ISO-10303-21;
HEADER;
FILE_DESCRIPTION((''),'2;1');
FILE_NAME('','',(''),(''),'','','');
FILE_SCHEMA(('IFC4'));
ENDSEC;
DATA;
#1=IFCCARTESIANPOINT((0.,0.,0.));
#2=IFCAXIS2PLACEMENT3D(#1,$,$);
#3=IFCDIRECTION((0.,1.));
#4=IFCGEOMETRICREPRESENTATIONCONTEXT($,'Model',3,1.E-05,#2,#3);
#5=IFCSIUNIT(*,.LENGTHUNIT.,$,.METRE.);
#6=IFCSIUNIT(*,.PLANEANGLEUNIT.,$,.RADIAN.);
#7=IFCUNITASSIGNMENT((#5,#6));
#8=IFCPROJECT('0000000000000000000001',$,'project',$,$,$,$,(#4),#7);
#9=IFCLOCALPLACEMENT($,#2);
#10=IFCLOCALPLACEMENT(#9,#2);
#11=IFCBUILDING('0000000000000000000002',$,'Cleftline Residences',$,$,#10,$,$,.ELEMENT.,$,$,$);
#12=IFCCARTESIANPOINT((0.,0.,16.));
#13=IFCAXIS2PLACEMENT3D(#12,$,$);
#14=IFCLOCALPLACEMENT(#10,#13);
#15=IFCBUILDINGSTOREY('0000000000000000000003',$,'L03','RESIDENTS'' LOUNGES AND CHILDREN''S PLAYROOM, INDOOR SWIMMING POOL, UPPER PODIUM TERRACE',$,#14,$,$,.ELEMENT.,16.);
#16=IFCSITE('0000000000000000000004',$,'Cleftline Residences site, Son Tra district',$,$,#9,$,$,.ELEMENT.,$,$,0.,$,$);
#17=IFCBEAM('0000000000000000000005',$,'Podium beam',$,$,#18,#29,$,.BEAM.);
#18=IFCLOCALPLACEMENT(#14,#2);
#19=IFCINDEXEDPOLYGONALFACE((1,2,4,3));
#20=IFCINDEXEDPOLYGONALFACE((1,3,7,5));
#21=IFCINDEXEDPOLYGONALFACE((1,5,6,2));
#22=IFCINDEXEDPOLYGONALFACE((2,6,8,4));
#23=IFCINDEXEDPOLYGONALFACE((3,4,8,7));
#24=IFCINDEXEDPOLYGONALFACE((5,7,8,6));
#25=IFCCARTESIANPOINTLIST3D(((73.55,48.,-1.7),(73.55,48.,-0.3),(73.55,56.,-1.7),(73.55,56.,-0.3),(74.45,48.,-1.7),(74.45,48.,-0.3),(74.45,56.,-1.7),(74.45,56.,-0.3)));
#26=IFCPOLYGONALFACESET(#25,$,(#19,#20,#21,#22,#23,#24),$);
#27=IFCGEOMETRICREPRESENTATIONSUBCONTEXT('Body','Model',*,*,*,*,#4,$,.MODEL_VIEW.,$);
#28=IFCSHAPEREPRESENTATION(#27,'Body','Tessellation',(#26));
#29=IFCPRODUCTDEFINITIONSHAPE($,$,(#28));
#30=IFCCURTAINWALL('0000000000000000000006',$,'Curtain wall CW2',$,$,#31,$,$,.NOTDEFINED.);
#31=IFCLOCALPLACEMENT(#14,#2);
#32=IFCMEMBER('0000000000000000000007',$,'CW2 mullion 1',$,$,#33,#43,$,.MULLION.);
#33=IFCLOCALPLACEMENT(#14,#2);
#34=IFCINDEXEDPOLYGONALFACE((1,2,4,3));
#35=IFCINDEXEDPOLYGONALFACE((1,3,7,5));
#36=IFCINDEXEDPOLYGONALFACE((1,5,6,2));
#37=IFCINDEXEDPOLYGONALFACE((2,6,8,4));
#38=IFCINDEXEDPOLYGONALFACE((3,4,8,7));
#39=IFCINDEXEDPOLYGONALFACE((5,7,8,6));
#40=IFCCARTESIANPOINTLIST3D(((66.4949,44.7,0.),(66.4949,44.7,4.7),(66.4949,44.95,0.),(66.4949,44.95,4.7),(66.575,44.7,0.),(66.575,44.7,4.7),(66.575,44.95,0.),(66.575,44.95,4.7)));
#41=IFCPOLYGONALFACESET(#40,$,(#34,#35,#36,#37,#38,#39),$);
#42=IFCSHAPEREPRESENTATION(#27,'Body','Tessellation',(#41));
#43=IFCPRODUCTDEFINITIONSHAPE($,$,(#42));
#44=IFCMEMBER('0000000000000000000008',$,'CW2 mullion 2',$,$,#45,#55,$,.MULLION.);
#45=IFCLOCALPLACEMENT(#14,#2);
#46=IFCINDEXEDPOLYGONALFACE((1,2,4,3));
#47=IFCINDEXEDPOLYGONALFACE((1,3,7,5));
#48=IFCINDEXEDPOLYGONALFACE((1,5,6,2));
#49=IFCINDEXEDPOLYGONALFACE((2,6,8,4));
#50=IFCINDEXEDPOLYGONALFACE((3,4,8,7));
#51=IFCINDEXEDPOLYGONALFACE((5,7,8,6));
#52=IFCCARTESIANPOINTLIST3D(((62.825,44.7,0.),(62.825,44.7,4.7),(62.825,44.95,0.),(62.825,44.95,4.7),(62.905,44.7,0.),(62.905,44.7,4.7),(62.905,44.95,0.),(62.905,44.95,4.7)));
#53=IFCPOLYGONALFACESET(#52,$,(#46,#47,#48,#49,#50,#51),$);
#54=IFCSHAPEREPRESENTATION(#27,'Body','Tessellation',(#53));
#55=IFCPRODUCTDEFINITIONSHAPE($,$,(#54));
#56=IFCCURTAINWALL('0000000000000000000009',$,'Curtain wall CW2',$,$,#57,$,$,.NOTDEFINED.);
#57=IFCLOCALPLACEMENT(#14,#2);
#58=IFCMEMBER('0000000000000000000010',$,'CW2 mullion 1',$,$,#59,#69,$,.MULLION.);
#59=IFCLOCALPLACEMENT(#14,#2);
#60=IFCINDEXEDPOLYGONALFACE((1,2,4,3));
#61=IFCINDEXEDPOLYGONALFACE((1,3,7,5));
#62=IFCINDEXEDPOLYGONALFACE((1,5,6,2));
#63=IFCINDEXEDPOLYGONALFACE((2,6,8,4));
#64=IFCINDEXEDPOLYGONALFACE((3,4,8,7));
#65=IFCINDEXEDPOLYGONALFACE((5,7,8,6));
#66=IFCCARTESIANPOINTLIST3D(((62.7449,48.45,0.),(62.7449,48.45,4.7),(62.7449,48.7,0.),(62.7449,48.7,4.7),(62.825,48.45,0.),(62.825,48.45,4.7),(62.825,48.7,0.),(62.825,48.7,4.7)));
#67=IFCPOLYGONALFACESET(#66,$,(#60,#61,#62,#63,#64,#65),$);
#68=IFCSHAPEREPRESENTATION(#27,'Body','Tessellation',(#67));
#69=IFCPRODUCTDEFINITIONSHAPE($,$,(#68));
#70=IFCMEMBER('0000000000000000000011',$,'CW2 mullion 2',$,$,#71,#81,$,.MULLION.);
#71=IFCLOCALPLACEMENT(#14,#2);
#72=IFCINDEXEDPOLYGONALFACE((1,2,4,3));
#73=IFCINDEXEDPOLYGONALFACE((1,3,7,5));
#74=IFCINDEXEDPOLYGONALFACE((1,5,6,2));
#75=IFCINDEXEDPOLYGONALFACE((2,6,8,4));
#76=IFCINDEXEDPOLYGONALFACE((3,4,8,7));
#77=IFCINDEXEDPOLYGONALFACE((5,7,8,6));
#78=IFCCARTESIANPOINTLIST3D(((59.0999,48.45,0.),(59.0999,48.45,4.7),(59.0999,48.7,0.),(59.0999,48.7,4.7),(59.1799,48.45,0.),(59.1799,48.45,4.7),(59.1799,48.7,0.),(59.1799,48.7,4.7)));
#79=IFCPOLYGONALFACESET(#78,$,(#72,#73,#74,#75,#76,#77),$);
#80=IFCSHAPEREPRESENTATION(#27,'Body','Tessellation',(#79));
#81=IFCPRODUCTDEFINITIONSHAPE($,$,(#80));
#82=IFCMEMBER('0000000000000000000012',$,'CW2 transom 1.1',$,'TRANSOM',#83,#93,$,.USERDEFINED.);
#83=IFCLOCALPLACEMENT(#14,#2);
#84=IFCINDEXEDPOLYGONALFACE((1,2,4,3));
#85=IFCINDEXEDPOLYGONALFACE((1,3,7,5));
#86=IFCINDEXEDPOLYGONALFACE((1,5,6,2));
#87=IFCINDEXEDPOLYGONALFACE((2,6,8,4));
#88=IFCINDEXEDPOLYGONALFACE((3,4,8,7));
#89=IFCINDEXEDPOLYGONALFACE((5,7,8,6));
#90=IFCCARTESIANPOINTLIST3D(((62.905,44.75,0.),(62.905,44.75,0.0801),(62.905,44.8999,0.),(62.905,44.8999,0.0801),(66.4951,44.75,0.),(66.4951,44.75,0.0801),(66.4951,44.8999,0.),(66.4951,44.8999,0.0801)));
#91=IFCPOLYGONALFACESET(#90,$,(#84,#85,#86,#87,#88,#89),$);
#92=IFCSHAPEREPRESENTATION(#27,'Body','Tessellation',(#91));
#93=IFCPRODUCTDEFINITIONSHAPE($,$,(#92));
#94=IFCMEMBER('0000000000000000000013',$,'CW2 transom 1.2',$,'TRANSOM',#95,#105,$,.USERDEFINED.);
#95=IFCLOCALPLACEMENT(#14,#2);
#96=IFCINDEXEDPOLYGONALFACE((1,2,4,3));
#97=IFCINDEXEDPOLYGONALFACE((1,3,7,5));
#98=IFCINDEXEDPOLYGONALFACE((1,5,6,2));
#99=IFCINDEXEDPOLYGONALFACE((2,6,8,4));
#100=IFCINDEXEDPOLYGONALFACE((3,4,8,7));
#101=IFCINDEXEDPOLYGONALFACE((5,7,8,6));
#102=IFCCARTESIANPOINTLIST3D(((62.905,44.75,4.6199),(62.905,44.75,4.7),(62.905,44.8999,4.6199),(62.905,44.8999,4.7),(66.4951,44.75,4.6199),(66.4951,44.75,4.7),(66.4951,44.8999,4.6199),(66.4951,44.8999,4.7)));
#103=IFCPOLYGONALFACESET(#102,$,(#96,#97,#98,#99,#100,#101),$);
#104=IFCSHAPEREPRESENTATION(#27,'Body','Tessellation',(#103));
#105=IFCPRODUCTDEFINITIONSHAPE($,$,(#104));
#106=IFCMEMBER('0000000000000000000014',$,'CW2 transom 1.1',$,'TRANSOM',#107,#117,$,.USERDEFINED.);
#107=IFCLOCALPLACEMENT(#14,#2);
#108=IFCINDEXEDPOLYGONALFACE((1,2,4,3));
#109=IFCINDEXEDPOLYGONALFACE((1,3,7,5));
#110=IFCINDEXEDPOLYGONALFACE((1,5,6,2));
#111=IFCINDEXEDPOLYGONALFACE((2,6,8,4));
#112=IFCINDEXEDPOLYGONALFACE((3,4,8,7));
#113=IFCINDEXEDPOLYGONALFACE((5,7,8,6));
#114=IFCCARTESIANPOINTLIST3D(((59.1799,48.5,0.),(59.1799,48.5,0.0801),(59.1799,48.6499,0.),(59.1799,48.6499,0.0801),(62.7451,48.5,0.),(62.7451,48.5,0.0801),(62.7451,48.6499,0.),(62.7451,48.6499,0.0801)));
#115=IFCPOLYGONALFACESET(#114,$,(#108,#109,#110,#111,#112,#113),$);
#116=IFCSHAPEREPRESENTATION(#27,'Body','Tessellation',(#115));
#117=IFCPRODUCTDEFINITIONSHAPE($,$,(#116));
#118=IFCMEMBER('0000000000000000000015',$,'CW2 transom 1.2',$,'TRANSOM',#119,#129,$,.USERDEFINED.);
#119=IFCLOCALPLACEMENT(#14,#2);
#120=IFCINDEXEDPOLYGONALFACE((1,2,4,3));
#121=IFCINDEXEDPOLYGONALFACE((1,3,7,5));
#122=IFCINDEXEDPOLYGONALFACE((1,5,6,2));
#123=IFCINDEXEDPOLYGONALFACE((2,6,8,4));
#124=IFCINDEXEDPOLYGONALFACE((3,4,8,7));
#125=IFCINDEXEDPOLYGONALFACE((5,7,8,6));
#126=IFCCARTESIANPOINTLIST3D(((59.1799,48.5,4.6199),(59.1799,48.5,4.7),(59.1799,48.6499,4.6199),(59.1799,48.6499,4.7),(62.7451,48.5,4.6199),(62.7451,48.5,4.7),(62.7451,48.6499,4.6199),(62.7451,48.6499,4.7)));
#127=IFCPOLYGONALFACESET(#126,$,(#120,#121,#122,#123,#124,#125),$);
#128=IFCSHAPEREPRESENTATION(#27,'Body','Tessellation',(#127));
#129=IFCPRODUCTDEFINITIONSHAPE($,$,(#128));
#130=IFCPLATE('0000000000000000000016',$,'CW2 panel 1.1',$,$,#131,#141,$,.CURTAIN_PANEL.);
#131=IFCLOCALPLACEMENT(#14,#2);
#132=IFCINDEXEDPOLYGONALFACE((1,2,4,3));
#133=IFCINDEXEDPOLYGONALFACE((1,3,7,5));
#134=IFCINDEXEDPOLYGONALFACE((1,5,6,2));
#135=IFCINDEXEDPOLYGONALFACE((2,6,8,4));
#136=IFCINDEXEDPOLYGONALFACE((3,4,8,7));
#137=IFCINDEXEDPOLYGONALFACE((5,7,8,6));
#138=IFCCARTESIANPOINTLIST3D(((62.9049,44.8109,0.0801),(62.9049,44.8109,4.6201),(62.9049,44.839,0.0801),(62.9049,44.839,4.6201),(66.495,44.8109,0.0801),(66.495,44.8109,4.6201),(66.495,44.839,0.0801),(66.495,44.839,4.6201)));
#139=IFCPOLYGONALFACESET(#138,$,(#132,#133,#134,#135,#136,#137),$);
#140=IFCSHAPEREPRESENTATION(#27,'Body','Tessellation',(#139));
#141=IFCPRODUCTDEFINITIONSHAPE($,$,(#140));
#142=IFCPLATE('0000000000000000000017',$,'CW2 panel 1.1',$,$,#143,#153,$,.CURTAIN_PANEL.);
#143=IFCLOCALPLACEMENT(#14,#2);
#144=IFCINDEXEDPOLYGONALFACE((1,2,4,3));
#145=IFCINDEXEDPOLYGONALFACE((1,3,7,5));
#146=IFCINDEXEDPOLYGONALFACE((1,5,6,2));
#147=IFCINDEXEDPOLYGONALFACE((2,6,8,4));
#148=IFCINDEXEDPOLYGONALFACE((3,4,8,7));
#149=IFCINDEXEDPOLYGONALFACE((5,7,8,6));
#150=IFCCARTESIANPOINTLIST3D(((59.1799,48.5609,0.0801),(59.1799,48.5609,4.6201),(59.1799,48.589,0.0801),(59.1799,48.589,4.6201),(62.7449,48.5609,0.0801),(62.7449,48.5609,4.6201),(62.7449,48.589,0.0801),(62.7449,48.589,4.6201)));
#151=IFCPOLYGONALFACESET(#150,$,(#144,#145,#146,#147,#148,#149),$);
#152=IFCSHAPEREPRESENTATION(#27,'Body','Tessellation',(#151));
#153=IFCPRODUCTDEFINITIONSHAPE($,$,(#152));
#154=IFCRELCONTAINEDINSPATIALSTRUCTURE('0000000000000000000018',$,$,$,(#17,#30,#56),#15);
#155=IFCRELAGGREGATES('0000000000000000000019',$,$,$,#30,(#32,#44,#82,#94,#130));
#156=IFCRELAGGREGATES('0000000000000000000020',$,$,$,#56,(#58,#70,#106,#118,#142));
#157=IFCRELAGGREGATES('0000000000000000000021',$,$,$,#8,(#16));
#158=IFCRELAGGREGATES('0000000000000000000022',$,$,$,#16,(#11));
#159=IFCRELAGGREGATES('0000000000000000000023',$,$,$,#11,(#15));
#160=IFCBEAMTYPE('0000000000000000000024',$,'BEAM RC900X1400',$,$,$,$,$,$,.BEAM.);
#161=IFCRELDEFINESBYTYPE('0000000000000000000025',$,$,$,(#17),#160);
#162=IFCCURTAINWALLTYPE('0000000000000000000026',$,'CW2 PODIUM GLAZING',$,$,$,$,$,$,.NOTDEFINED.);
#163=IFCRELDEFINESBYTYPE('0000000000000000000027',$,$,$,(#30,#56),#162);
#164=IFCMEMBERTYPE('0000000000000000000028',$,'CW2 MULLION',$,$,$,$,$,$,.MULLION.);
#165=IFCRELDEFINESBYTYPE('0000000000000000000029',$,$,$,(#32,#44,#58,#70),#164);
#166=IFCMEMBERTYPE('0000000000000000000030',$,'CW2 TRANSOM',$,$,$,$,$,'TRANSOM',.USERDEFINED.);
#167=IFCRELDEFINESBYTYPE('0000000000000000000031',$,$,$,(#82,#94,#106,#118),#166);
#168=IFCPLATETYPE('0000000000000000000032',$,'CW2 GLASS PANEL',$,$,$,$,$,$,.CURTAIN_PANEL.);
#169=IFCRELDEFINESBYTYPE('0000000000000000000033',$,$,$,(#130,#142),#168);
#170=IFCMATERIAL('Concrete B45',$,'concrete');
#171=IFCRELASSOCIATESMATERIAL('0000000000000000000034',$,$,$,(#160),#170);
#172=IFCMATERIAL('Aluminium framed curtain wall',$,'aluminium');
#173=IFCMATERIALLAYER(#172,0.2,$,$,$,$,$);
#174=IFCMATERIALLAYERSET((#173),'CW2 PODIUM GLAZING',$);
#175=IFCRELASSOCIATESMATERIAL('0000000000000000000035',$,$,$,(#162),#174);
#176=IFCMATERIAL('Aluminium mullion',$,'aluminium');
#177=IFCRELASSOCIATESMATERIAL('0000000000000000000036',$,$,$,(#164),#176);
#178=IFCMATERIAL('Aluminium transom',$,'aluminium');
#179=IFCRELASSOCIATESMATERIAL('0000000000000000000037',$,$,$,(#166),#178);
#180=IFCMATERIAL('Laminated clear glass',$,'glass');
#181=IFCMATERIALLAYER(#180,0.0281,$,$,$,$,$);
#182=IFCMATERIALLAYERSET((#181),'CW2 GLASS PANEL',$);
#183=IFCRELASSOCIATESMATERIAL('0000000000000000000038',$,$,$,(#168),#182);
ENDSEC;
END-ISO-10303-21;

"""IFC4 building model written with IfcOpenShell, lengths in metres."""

from ifc_helpers import new_model, si_unit, direction, frame, origin, origin_2d, place, context, subcontext, project, spatial, rectangle, extrude, material, layer, layer_set, material_profile, profile_set, type_object, element, aggregate, save


model = new_model("IFC4")

# Units and contexts
model_context = context("Model", 3, precision=1e-05, world=origin(), true_north=direction((0.0, 1.0)))
body_context = subcontext(model_context, "Body", "Model", "MODEL_VIEW")
ifc_project = project(units=[si_unit("LENGTHUNIT", "METRE"), si_unit("PLANEANGLEUNIT", "RADIAN")], contexts=[model_context])

# Site, building, storey
site_placement = place(None, origin())
site = spatial("IfcSite", under=ifc_project, at=site_placement, Name="Cleftline Residences site, Son Tra district", CompositionType="ELEMENT", RefElevation=0.0)
building_placement = place(site_placement, origin())
building = spatial("IfcBuilding", under=site, at=building_placement, Name="Cleftline Residences", CompositionType="ELEMENT")
storey_placement = place(building_placement, frame((0.0, 0.0, 16.0)))
storey = spatial("IfcBuildingStorey", under=building, at=storey_placement, Name="L03", Description="RESIDENTS' LOUNGES AND CHILDREN'S PLAYROOM, INDOOR SWIMMING POOL, UPPER PODIUM TERRACE", CompositionType="ELEMENT", Elevation=16.0)

# Beam
ifc_material_1 = material(Name="Concrete B45", Category="concrete")
ifc_material_profile_1 = material_profile(ifc_material_1, rectangle(XDim=0.8999, YDim=1.3999, at=origin_2d()))
ifc_profile_set_1 = profile_set([ifc_material_profile_1], Name="Concrete B45")
beam_type = type_object("IfcBeamType", Name="BEAM RC900X1400", PredefinedType="BEAM", material=ifc_profile_set_1)
for number, where, z_axis, x_axis, name in (
    (1, (74.0, 48.0, -1.0), (0.0, 1.0, 0.0), (-1.0, 0.0, 0.0), "Podium beam"),
):
    element("IfcBeam", number, at=place(storey_placement, frame(where, z_axis=z_axis, x_axis=x_axis)), inside=storey, type_object=beam_type, Name=name, PredefinedType="BEAM", context=body_context, shape_type="SweptSolid", body=[
        extrude(rectangle(XDim=0.8999, YDim=1.3999, at=origin_2d()), origin(), (0.0, 0.0, 1.0), 8.0),
    ])

# Curtain walls, members
ifc_material_2 = material(Name="Aluminium framed curtain wall", Category="aluminium")
ifc_layer_1 = layer(ifc_material_2, 0.2)
ifc_layer_set_1 = layer_set([ifc_layer_1], Name="CW2 PODIUM GLAZING")
curtain_wall_type = type_object("IfcCurtainWallType", Name="CW2 PODIUM GLAZING", PredefinedType="NOTDEFINED", material=ifc_layer_set_1)
curtain_wall_1_placement = place(storey_placement, origin())
curtain_wall_1 = element("IfcCurtainWall", 2, at=curtain_wall_1_placement, inside=storey, type_object=curtain_wall_type, Name="Curtain wall CW2", PredefinedType="NOTDEFINED")
ifc_material_3 = material(Name="Aluminium mullion", Category="aluminium")
ifc_material_profile_2 = material_profile(ifc_material_3, rectangle(XDim=0.25, YDim=0.0801, at=origin_2d()))
ifc_profile_set_2 = profile_set([ifc_material_profile_2], Name="Aluminium mullion")
member_type_1 = type_object("IfcMemberType", Name="CW2 MULLION", PredefinedType="MULLION", material=ifc_profile_set_2)
member_1_placement = place(storey_placement, frame((66.5349, 44.825, 0.0), z_axis=(0.0, 0.0, 1.0), x_axis=(0.0, -1.0, 0.0)))
member_1 = element("IfcMember", 3, at=member_1_placement, type_object=member_type_1, Name="CW2 mullion 1", PredefinedType="MULLION", context=body_context, shape_type="SweptSolid", body=[
    extrude(rectangle(XDim=0.25, YDim=0.0801, at=origin_2d()), origin(), (0.0, 0.0, 1.0), 4.7),
])
member_2_placement = place(storey_placement, frame((62.865, 44.825, 0.0), z_axis=(0.0, 0.0, 1.0), x_axis=(0.0, -1.0, 0.0)))
member_2 = element("IfcMember", 4, at=member_2_placement, type_object=member_type_1, Name="CW2 mullion 2", PredefinedType="MULLION", context=body_context, shape_type="SweptSolid", body=[
    extrude(rectangle(XDim=0.25, YDim=0.0801, at=origin_2d()), origin(), (0.0, 0.0, 1.0), 4.7),
])
curtain_wall_2_placement = place(storey_placement, origin())
curtain_wall_2 = element("IfcCurtainWall", 5, at=curtain_wall_2_placement, inside=storey, type_object=curtain_wall_type, Name="Curtain wall CW2", PredefinedType="NOTDEFINED")
member_3_placement = place(storey_placement, frame((62.7849, 48.575, 0.0), z_axis=(0.0, 0.0, 1.0), x_axis=(0.0, -1.0, 0.0)))
member_3 = element("IfcMember", 6, at=member_3_placement, type_object=member_type_1, Name="CW2 mullion 1", PredefinedType="MULLION", context=body_context, shape_type="SweptSolid", body=[
    extrude(rectangle(XDim=0.25, YDim=0.0801, at=origin_2d()), origin(), (0.0, 0.0, 1.0), 4.7),
])
member_4_placement = place(storey_placement, frame((59.1399, 48.575, 0.0), z_axis=(0.0, 0.0, 1.0), x_axis=(0.0, -1.0, 0.0)))
member_4 = element("IfcMember", 7, at=member_4_placement, type_object=member_type_1, Name="CW2 mullion 2", PredefinedType="MULLION", context=body_context, shape_type="SweptSolid", body=[
    extrude(rectangle(XDim=0.25, YDim=0.0801, at=origin_2d()), origin(), (0.0, 0.0, 1.0), 4.7),
])

# Members
ifc_material_4 = material(Name="Aluminium transom", Category="aluminium")
ifc_material_profile_3 = material_profile(ifc_material_4, rectangle(XDim=0.1499, YDim=0.0801, at=origin_2d()))
ifc_profile_set_3 = profile_set([ifc_material_profile_3], Name="Aluminium transom")
member_type_2 = type_object("IfcMemberType", Name="CW2 TRANSOM", ElementType="TRANSOM", PredefinedType="USERDEFINED", material=ifc_profile_set_3)
member_5_placement = place(storey_placement, frame((66.4951, 44.825, 0.04), z_axis=(-1.0, 0.0, 0.0), x_axis=(0.0, -1.0, 0.0)))
member_5 = element("IfcMember", 8, at=member_5_placement, type_object=member_type_2, Name="CW2 transom 1.1", ObjectType="TRANSOM", PredefinedType="USERDEFINED", context=body_context, shape_type="SweptSolid", body=[
    extrude(rectangle(XDim=0.1499, YDim=0.0801, at=origin_2d()), origin(), (0.0, 0.0, 1.0), 3.5901),
])
member_6_placement = place(storey_placement, frame((66.4951, 44.825, 4.6599), z_axis=(-1.0, 0.0, 0.0), x_axis=(0.0, -1.0, 0.0)))
member_6 = element("IfcMember", 9, at=member_6_placement, type_object=member_type_2, Name="CW2 transom 1.2", ObjectType="TRANSOM", PredefinedType="USERDEFINED", context=body_context, shape_type="SweptSolid", body=[
    extrude(rectangle(XDim=0.1499, YDim=0.0801, at=origin_2d()), origin(), (0.0, 0.0, 1.0), 3.5901),
])
member_7_placement = place(storey_placement, frame((62.7451, 48.575, 0.04), z_axis=(-1.0, 0.0, 0.0), x_axis=(0.0, -1.0, 0.0)))
member_7 = element("IfcMember", 10, at=member_7_placement, type_object=member_type_2, Name="CW2 transom 1.1", ObjectType="TRANSOM", PredefinedType="USERDEFINED", context=body_context, shape_type="SweptSolid", body=[
    extrude(rectangle(XDim=0.1499, YDim=0.0801, at=origin_2d()), origin(), (0.0, 0.0, 1.0), 3.5652),
])
member_8_placement = place(storey_placement, frame((62.7451, 48.575, 4.6599), z_axis=(-1.0, 0.0, 0.0), x_axis=(0.0, -1.0, 0.0)))
member_8 = element("IfcMember", 11, at=member_8_placement, type_object=member_type_2, Name="CW2 transom 1.2", ObjectType="TRANSOM", PredefinedType="USERDEFINED", context=body_context, shape_type="SweptSolid", body=[
    extrude(rectangle(XDim=0.1499, YDim=0.0801, at=origin_2d()), origin(), (0.0, 0.0, 1.0), 3.5652),
])

# Plates
ifc_material_5 = material(Name="Laminated clear glass", Category="glass")
ifc_layer_2 = layer(ifc_material_5, 0.0281)
ifc_layer_set_2 = layer_set([ifc_layer_2], Name="CW2 GLASS PANEL")
plate_type = type_object("IfcPlateType", Name="CW2 GLASS PANEL", PredefinedType="CURTAIN_PANEL", material=ifc_layer_set_2)
plate_1_placement = place(storey_placement, frame((64.7, 44.825, 0.0801), z_axis=(0.0, 0.0, 1.0), x_axis=(-1.0, 0.0, 0.0)))
plate_1 = element("IfcPlate", 12, at=plate_1_placement, type_object=plate_type, Name="CW2 panel 1.1", PredefinedType="CURTAIN_PANEL", context=body_context, shape_type="SweptSolid", body=[
    extrude(rectangle(XDim=3.5901, YDim=0.0281, at=origin_2d()), origin(), (0.0, 0.0, 1.0), 4.54),
])
aggregate(curtain_wall_1, [member_1, member_2, member_5, member_6, plate_1])
plate_2_placement = place(storey_placement, frame((60.9624, 48.575, 0.0801), z_axis=(0.0, 0.0, 1.0), x_axis=(-1.0, 0.0, 0.0)))
plate_2 = element("IfcPlate", 13, at=plate_2_placement, type_object=plate_type, Name="CW2 panel 1.1", PredefinedType="CURTAIN_PANEL", context=body_context, shape_type="SweptSolid", body=[
    extrude(rectangle(XDim=3.5649, YDim=0.0281, at=origin_2d()), origin(), (0.0, 0.0, 1.0), 4.54),
])
aggregate(curtain_wall_2, [member_3, member_4, member_7, member_8, plate_2])

save(model, "model.ifc")
